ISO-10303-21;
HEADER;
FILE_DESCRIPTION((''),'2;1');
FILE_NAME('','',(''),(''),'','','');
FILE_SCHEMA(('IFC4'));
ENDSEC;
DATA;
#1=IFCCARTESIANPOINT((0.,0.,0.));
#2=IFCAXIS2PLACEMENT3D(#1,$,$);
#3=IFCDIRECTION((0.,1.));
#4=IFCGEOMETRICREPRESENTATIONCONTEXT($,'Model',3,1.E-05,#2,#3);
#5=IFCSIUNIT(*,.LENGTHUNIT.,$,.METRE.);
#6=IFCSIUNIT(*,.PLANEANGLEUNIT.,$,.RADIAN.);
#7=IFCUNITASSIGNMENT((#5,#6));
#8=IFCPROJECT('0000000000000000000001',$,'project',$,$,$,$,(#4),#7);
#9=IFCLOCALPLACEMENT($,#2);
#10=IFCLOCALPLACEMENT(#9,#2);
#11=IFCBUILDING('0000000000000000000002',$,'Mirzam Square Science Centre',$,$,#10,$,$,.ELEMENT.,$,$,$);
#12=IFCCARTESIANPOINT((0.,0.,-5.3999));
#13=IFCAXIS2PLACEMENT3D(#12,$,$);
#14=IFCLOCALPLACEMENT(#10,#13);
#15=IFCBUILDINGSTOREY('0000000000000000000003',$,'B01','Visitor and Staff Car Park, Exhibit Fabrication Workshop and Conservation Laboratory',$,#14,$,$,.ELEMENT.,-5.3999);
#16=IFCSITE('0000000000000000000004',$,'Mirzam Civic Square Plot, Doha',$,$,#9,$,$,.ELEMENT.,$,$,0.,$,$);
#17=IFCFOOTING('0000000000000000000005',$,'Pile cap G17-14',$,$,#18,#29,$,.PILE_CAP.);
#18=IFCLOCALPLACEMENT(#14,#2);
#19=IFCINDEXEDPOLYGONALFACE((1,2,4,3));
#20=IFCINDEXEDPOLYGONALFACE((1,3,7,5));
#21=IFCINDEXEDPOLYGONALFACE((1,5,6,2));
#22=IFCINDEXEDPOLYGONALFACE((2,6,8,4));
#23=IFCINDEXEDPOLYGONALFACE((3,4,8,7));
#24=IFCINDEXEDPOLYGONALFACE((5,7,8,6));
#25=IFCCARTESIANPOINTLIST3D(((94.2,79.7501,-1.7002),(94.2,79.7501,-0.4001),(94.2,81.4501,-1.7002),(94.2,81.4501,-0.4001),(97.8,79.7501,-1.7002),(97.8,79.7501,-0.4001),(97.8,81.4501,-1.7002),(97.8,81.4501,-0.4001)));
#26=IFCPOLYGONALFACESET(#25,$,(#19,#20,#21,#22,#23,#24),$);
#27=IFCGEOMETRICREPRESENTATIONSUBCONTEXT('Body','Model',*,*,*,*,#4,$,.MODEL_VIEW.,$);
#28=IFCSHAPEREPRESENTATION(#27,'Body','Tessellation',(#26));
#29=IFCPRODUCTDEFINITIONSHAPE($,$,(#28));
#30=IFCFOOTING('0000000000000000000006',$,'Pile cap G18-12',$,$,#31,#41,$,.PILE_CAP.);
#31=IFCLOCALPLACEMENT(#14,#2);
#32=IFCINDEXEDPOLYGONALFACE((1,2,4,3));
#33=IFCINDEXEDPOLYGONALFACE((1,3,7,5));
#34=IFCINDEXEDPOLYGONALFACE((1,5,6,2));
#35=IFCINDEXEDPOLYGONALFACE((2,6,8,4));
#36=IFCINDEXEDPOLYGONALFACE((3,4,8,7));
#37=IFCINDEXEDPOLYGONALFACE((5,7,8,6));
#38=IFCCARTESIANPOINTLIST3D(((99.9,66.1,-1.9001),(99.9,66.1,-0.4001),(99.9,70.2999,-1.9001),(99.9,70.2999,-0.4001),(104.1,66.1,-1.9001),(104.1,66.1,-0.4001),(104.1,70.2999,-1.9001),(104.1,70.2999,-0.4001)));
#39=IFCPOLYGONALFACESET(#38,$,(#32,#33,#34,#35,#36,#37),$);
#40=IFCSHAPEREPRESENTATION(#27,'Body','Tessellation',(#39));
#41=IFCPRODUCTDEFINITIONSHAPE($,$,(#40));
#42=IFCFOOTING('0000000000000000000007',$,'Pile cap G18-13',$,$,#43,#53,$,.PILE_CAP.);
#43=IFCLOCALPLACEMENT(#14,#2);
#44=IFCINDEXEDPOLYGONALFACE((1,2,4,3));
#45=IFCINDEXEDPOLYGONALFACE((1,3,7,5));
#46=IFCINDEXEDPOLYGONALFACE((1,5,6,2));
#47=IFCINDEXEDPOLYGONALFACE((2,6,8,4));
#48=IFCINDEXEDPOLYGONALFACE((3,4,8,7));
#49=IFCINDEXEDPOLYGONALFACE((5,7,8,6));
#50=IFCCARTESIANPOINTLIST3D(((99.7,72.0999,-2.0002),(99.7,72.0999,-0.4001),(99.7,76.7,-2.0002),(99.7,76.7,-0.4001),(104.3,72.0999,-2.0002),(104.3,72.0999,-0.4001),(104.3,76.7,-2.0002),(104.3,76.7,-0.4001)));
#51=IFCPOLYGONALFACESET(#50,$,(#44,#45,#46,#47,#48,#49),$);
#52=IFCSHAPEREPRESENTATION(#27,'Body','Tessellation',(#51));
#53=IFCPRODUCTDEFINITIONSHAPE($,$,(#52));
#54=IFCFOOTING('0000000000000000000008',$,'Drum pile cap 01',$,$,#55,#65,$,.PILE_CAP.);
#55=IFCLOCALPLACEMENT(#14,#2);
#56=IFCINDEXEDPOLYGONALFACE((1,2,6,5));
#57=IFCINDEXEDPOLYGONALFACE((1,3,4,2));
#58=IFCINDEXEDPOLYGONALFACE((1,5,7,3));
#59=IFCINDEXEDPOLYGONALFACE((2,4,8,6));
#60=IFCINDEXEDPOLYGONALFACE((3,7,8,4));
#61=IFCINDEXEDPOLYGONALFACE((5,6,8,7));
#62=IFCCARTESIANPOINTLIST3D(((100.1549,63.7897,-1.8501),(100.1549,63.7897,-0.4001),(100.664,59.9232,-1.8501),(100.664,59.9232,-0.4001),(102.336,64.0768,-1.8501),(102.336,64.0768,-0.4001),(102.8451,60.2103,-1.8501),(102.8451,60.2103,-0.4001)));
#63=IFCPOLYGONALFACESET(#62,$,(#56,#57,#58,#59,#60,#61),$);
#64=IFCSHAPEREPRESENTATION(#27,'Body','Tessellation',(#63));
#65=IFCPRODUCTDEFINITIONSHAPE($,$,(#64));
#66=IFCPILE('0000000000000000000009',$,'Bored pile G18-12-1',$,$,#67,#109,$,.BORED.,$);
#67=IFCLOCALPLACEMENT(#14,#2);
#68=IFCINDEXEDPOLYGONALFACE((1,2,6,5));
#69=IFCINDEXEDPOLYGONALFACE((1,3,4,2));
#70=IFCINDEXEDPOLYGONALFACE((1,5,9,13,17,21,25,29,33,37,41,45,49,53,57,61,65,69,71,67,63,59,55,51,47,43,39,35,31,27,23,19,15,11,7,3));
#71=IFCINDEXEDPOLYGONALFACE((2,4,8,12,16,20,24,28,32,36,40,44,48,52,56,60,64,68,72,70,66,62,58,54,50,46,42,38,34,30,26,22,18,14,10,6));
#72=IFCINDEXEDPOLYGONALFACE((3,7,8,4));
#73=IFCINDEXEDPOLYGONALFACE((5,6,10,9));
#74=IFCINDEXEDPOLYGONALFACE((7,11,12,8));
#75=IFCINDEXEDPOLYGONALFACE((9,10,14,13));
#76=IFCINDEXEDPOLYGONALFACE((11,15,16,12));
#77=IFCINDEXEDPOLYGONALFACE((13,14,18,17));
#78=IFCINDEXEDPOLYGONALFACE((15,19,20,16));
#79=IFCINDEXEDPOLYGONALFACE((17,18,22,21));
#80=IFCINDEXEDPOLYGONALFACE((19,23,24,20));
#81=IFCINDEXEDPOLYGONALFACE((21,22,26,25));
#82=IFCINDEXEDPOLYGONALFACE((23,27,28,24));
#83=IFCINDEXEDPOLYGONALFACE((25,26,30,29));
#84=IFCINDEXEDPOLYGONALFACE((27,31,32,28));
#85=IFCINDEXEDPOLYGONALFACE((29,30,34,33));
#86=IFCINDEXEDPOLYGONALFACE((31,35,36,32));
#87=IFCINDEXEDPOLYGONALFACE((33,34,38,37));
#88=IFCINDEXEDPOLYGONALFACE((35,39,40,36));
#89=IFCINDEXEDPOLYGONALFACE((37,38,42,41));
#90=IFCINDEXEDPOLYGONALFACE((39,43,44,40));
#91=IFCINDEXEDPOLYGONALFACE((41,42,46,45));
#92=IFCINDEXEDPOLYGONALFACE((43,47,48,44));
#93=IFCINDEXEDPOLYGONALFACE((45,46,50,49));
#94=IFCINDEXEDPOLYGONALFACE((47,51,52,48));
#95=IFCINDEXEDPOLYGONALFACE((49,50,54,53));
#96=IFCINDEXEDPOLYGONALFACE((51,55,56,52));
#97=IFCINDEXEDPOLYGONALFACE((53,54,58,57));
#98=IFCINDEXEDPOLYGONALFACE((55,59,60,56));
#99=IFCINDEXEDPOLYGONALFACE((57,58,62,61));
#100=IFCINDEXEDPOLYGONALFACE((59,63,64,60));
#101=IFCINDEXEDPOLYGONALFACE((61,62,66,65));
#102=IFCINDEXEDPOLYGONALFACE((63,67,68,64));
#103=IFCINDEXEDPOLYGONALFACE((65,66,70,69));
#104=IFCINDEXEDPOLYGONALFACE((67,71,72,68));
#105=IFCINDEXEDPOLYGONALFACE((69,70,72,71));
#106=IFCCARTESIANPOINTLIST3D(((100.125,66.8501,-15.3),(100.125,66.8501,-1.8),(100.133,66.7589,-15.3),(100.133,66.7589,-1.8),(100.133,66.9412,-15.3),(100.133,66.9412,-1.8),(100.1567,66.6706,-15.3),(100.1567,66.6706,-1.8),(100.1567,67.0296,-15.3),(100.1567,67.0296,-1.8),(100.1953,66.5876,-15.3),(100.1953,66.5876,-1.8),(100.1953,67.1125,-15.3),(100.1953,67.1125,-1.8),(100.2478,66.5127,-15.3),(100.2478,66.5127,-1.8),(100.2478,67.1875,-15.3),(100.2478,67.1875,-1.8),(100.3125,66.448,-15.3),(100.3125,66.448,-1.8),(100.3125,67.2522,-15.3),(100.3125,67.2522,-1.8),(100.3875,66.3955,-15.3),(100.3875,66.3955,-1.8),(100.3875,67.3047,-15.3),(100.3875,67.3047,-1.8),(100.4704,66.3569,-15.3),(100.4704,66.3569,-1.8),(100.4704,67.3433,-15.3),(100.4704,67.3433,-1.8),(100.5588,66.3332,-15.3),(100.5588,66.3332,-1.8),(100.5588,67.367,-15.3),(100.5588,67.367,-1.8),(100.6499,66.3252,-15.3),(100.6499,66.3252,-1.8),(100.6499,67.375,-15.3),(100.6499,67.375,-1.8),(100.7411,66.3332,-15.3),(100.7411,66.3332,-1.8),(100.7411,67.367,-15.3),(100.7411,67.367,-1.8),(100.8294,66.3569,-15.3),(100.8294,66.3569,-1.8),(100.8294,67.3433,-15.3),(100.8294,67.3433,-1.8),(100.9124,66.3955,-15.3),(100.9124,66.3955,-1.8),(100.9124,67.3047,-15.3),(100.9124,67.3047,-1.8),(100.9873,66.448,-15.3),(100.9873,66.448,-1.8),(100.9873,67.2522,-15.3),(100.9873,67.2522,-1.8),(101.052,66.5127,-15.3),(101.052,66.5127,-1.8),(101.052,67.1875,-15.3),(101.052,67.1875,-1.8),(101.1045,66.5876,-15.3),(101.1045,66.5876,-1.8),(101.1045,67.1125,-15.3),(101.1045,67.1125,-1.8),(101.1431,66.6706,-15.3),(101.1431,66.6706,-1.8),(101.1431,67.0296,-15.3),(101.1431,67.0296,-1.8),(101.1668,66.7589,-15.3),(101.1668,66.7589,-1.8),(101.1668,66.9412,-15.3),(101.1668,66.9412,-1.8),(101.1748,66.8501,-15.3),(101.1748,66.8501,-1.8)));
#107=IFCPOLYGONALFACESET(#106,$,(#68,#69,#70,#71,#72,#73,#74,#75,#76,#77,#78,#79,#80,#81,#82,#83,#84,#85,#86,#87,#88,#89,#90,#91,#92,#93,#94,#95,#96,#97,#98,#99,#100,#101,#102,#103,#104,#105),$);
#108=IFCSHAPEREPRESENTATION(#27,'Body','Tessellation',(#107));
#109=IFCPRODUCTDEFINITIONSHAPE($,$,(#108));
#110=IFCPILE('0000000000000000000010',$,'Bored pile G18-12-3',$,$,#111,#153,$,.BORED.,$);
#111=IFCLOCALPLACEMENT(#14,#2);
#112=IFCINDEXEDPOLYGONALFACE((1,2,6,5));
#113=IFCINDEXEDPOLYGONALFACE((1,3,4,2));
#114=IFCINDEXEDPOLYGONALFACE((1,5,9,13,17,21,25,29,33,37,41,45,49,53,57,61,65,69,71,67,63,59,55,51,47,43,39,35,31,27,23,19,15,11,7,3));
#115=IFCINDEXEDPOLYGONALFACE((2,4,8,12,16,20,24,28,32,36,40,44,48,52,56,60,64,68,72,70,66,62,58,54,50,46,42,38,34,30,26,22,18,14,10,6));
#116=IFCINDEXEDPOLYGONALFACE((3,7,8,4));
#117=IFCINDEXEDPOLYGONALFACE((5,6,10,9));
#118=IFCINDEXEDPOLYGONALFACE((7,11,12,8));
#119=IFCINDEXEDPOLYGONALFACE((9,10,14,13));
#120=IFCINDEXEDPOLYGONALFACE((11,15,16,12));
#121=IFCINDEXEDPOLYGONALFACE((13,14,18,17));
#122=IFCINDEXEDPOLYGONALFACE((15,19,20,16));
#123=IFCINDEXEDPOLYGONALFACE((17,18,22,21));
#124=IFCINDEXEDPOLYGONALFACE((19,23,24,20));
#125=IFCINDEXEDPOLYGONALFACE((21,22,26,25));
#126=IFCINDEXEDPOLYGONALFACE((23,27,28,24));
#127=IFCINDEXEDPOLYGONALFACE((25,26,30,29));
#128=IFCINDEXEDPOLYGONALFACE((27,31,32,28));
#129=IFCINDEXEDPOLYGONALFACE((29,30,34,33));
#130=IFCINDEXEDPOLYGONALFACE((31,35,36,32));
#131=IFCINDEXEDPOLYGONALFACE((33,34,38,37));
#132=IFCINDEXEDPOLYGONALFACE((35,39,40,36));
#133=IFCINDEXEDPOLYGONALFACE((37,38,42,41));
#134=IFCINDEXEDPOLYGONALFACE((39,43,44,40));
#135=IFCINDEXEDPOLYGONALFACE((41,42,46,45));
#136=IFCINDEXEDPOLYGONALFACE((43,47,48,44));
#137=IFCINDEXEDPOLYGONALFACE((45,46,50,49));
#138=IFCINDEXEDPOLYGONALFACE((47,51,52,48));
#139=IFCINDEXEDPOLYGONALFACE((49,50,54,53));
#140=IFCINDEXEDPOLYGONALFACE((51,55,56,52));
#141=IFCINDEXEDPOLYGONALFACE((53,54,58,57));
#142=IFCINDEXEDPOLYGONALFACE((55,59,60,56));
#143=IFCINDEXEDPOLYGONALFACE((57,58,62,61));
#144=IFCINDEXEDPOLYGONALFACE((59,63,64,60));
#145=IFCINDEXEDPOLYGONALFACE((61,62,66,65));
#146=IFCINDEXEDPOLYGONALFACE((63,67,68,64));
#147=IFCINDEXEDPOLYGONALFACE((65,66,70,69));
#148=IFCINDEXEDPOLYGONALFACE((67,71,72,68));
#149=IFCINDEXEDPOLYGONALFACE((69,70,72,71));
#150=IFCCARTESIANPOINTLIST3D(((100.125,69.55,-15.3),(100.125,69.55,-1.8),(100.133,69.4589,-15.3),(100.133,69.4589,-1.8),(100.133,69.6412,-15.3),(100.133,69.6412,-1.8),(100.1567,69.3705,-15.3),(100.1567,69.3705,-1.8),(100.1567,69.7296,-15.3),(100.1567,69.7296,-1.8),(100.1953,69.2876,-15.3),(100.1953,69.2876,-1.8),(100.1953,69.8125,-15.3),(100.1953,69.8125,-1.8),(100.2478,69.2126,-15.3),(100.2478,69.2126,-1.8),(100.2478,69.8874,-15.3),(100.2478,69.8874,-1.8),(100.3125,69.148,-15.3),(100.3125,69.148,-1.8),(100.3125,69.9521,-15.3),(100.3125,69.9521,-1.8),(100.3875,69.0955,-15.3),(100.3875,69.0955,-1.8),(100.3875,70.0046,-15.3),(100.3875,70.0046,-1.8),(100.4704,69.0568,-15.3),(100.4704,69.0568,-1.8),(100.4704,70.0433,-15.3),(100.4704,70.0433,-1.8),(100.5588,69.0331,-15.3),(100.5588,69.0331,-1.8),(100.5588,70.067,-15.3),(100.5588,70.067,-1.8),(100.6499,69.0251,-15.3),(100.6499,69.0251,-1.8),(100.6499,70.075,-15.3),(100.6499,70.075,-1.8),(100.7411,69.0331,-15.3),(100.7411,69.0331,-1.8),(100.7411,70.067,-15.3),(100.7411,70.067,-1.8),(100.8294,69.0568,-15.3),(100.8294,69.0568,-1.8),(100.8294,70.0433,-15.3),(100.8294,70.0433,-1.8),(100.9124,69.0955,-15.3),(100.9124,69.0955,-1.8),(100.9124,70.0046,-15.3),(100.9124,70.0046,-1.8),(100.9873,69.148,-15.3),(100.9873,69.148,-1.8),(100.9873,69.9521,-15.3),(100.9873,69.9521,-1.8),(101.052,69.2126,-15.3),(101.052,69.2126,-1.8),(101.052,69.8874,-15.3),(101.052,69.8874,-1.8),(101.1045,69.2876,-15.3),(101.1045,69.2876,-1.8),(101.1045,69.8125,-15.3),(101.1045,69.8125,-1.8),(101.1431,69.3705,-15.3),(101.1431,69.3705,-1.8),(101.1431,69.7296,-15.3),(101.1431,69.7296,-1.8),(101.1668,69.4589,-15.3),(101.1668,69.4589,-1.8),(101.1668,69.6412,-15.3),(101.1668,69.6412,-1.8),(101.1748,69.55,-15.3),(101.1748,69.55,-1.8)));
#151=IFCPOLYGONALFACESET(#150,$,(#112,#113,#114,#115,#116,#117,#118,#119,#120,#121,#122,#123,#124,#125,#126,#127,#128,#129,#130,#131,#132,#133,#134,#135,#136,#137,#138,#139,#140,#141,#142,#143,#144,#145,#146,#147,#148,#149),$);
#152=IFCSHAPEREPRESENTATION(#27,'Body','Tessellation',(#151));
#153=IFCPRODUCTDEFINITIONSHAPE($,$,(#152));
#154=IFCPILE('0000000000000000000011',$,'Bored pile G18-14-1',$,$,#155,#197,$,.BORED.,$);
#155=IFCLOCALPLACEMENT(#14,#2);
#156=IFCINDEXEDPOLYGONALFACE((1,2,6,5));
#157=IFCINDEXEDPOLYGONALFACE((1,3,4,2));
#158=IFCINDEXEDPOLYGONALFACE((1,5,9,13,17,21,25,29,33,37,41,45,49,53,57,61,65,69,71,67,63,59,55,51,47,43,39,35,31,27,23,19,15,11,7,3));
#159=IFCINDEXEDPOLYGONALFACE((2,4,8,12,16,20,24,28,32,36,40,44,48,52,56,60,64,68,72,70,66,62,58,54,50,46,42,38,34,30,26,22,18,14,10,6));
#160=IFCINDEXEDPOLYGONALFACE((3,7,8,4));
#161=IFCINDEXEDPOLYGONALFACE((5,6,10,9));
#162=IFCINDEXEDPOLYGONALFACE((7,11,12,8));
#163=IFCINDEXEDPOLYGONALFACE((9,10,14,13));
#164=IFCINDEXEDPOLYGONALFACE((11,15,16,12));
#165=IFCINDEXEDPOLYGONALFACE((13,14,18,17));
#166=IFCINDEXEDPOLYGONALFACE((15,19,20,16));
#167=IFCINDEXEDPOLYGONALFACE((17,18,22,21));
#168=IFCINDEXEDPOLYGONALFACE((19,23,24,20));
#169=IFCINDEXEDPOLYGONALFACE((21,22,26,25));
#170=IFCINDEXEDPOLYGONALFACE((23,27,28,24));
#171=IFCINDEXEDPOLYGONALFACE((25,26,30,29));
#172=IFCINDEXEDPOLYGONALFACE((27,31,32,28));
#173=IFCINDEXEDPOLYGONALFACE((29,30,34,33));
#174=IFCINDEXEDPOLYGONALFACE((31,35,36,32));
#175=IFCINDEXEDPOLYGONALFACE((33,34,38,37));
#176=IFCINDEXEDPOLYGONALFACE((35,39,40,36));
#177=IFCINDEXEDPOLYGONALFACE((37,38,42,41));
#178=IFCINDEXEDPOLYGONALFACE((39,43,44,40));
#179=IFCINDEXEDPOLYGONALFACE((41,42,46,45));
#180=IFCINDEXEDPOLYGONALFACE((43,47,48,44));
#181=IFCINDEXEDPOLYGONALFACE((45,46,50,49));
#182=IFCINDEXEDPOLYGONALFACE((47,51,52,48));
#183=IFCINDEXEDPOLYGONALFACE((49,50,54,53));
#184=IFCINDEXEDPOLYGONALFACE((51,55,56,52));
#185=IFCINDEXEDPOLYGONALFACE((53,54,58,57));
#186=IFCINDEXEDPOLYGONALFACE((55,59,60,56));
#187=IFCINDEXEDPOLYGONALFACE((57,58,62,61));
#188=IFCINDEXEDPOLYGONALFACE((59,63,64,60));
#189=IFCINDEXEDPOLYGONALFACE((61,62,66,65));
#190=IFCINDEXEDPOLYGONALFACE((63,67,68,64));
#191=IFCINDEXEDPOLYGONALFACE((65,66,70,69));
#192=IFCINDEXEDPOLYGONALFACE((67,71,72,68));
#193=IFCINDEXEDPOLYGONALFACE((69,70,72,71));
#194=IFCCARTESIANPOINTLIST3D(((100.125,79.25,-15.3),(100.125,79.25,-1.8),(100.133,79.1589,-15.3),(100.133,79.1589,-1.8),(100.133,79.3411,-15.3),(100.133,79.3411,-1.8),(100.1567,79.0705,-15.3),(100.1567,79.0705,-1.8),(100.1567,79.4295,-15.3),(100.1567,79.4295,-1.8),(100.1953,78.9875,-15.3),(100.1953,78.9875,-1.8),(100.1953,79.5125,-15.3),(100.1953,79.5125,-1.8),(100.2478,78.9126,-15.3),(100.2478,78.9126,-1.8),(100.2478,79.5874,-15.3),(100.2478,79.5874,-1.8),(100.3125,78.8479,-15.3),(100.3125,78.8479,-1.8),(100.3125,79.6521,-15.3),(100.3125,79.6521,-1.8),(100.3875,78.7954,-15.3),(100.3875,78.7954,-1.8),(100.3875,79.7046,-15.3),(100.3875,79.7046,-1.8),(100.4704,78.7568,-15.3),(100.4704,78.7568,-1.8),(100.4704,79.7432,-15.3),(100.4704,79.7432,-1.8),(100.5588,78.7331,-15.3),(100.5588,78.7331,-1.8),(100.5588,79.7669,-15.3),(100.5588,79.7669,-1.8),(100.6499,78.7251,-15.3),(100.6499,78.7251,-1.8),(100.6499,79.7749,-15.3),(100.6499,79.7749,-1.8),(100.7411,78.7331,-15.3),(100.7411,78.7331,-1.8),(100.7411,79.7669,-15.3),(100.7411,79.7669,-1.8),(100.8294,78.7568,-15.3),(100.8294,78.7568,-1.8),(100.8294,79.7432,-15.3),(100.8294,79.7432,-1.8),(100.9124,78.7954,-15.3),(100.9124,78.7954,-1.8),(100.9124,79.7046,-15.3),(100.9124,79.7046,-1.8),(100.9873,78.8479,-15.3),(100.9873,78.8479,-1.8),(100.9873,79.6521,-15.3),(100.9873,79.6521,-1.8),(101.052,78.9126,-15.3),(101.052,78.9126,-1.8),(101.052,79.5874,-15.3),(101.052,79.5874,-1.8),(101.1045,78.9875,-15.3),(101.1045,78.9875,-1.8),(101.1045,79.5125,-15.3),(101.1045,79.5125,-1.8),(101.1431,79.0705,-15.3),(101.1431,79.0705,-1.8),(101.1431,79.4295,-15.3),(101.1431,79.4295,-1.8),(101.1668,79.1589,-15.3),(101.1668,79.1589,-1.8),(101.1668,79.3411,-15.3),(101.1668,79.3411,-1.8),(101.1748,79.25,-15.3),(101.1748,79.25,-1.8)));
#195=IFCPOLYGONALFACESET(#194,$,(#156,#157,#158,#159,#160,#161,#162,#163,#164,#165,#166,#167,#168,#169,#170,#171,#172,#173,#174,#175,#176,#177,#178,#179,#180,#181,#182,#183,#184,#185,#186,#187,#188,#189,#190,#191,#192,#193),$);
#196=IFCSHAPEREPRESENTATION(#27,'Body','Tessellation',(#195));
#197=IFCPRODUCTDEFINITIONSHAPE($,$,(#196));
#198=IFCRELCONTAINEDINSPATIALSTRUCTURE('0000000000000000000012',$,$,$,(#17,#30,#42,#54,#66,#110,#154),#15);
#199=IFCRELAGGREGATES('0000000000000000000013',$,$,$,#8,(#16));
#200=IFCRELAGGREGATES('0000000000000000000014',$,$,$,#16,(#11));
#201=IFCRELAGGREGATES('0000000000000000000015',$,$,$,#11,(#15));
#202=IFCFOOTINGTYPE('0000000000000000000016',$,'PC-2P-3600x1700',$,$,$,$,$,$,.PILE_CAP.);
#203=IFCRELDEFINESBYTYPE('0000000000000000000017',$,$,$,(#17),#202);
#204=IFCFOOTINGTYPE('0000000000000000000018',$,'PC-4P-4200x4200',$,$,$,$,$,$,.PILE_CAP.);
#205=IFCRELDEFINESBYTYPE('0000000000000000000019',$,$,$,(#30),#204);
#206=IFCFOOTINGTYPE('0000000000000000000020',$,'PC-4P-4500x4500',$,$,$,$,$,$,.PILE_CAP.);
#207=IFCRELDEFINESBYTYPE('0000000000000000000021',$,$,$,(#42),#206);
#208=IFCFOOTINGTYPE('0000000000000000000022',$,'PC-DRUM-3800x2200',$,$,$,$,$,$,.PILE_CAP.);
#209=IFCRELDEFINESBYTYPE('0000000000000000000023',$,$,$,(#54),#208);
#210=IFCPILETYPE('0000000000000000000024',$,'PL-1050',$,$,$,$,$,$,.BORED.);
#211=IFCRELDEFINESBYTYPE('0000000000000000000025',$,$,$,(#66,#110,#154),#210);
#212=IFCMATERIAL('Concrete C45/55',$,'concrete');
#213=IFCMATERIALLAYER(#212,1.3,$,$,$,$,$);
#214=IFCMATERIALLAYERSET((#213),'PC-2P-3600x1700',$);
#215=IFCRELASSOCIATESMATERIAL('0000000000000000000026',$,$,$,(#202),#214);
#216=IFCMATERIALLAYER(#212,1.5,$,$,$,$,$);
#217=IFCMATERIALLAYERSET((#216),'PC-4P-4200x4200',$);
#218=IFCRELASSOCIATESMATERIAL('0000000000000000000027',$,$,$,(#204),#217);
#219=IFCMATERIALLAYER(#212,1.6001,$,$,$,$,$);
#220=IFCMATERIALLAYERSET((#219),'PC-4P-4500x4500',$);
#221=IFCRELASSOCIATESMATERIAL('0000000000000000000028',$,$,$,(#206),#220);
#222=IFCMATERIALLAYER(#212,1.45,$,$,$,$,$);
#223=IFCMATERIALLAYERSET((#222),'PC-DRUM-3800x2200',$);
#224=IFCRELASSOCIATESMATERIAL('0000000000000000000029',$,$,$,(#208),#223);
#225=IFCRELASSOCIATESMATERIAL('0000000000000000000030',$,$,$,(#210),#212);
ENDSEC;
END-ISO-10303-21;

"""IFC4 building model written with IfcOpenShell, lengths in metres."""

from ifc_helpers import new_model, si_unit, direction, frame, origin, origin_2d, place, context, subcontext, project, spatial, rectangle, circle, extrude, material, layer, layer_set, material_profile, profile_set, type_object, element, save


model = new_model("IFC4")

# Units and contexts
model_context = context("Model", 3, precision=1e-05, world=origin(), true_north=direction((0.0, 1.0)))
body_context = subcontext(model_context, "Body", "Model", "MODEL_VIEW")
ifc_project = project(units=[si_unit("LENGTHUNIT", "METRE"), si_unit("PLANEANGLEUNIT", "RADIAN")], contexts=[model_context])

# Site, building, storey
site_placement = place(None, origin())
site = spatial("IfcSite", under=ifc_project, at=site_placement, Name="Mirzam Civic Square Plot, Doha", CompositionType="ELEMENT", RefElevation=0.0)
building_placement = place(site_placement, origin())
building = spatial("IfcBuilding", under=site, at=building_placement, Name="Mirzam Square Science Centre", CompositionType="ELEMENT")
storey_placement = place(building_placement, frame((0.0, 0.0, -5.3999)))
storey = spatial("IfcBuildingStorey", under=building, at=storey_placement, Name="B01", Description="Visitor and Staff Car Park, Exhibit Fabrication Workshop and Conservation Laboratory", CompositionType="ELEMENT", Elevation=-5.3999)

# Footings
ifc_material_1 = material(Name="Concrete C45/55", Category="concrete")
ifc_layer_1 = layer(ifc_material_1, 1.3)
ifc_layer_set_1 = layer_set([ifc_layer_1], Name="PC-2P-3600x1700")
footing_type_1 = type_object("IfcFootingType", Name="PC-2P-3600x1700", PredefinedType="PILE_CAP", material=ifc_layer_set_1)
footing_1_placement = place(storey_placement, frame((96.0, 80.6001, -1.7002), z_axis=(0.0, 0.0, 1.0), x_axis=(1.0, 0.0, 0.0)))
element("IfcFooting", 1, at=footing_1_placement, inside=storey, type_object=footing_type_1, Name="Pile cap G17-14", PredefinedType="PILE_CAP", context=body_context, shape_type="SweptSolid", body=[
    extrude(rectangle(XDim=3.6001, YDim=1.7, at=origin_2d()), origin(), (0.0, 0.0, 1.0), 1.3),
])
ifc_layer_2 = layer(ifc_material_1, 1.5)
ifc_layer_set_2 = layer_set([ifc_layer_2], Name="PC-4P-4200x4200")
footing_type_2 = type_object("IfcFootingType", Name="PC-4P-4200x4200", PredefinedType="PILE_CAP", material=ifc_layer_set_2)
footing_2_placement = place(storey_placement, frame((102.0, 68.2, -1.9001), z_axis=(0.0, 0.0, 1.0), x_axis=(1.0, 0.0, 0.0)))
element("IfcFooting", 2, at=footing_2_placement, inside=storey, type_object=footing_type_2, Name="Pile cap G18-12", PredefinedType="PILE_CAP", context=body_context, shape_type="SweptSolid", body=[
    extrude(rectangle(XDim=4.2, YDim=4.2, at=origin_2d()), origin(), (0.0, 0.0, 1.0), 1.5),
])
ifc_layer_3 = layer(ifc_material_1, 1.6001)
ifc_layer_set_3 = layer_set([ifc_layer_3], Name="PC-4P-4500x4500")
footing_type_3 = type_object("IfcFootingType", Name="PC-4P-4500x4500", PredefinedType="PILE_CAP", material=ifc_layer_set_3)
footing_3_placement = place(storey_placement, frame((102.0, 74.3999, -2.0002), z_axis=(0.0, 0.0, 1.0), x_axis=(1.0, 0.0, 0.0)))
element("IfcFooting", 3, at=footing_3_placement, inside=storey, type_object=footing_type_3, Name="Pile cap G18-13", PredefinedType="PILE_CAP", context=body_context, shape_type="SweptSolid", body=[
    extrude(rectangle(XDim=4.6001, YDim=4.6001, at=origin_2d()), origin(), (0.0, 0.0, 1.0), 1.6001),
])
ifc_layer_4 = layer(ifc_material_1, 1.45)
ifc_layer_set_4 = layer_set([ifc_layer_4], Name="PC-DRUM-3800x2200")
footing_type_4 = type_object("IfcFootingType", Name="PC-DRUM-3800x2200", PredefinedType="PILE_CAP", material=ifc_layer_set_4)
footing_4_placement = place(storey_placement, frame((101.5, 62.0, -1.8501), z_axis=(0.0, 0.0, 1.0), x_axis=(-0.130526, 0.991445, 0.0)))
element("IfcFooting", 4, at=footing_4_placement, inside=storey, type_object=footing_type_4, Name="Drum pile cap 01", PredefinedType="PILE_CAP", context=body_context, shape_type="SweptSolid", body=[
    extrude(rectangle(XDim=3.8999, YDim=2.2, at=origin_2d()), origin(), (0.0, 0.0, 1.0), 1.45),
])

# Piles
ifc_material_profile_1 = material_profile(ifc_material_1, circle(Radius=0.5249, at=origin_2d()), Name="PILE-D1050")
ifc_profile_set_1 = profile_set([ifc_material_profile_1], Name="Concrete C45/55")
pile_type_1 = type_object("IfcPileType", Name="PL-1050", PredefinedType="BORED", material=ifc_profile_set_1)
for number, where, z_axis, x_axis, name in (
    (5, (100.6499, 66.8501, -1.8), (0.0, 0.0, -1.0), (1.0, 0.0, 0.0), "Bored pile G18-12-1"),
    (6, (100.6499, 69.55, -1.8), (0.0, 0.0, -1.0), (1.0, 0.0, 0.0), "Bored pile G18-12-3"),
    (7, (100.6499, 79.25, -1.8), (0.0, 0.0, -1.0), (1.0, 0.0, 0.0), "Bored pile G18-14-1"),
):
    element("IfcPile", number, at=place(storey_placement, frame(where, z_axis=z_axis, x_axis=x_axis)), inside=storey, type_object=pile_type_1, Name=name, PredefinedType="BORED", context=body_context, shape_type="SweptSolid", body=[
        extrude(circle(Radius=0.5249, at=origin_2d()), origin(), (0.0, 0.0, 1.0), 13.5),
    ])

save(model, "model.ifc")
